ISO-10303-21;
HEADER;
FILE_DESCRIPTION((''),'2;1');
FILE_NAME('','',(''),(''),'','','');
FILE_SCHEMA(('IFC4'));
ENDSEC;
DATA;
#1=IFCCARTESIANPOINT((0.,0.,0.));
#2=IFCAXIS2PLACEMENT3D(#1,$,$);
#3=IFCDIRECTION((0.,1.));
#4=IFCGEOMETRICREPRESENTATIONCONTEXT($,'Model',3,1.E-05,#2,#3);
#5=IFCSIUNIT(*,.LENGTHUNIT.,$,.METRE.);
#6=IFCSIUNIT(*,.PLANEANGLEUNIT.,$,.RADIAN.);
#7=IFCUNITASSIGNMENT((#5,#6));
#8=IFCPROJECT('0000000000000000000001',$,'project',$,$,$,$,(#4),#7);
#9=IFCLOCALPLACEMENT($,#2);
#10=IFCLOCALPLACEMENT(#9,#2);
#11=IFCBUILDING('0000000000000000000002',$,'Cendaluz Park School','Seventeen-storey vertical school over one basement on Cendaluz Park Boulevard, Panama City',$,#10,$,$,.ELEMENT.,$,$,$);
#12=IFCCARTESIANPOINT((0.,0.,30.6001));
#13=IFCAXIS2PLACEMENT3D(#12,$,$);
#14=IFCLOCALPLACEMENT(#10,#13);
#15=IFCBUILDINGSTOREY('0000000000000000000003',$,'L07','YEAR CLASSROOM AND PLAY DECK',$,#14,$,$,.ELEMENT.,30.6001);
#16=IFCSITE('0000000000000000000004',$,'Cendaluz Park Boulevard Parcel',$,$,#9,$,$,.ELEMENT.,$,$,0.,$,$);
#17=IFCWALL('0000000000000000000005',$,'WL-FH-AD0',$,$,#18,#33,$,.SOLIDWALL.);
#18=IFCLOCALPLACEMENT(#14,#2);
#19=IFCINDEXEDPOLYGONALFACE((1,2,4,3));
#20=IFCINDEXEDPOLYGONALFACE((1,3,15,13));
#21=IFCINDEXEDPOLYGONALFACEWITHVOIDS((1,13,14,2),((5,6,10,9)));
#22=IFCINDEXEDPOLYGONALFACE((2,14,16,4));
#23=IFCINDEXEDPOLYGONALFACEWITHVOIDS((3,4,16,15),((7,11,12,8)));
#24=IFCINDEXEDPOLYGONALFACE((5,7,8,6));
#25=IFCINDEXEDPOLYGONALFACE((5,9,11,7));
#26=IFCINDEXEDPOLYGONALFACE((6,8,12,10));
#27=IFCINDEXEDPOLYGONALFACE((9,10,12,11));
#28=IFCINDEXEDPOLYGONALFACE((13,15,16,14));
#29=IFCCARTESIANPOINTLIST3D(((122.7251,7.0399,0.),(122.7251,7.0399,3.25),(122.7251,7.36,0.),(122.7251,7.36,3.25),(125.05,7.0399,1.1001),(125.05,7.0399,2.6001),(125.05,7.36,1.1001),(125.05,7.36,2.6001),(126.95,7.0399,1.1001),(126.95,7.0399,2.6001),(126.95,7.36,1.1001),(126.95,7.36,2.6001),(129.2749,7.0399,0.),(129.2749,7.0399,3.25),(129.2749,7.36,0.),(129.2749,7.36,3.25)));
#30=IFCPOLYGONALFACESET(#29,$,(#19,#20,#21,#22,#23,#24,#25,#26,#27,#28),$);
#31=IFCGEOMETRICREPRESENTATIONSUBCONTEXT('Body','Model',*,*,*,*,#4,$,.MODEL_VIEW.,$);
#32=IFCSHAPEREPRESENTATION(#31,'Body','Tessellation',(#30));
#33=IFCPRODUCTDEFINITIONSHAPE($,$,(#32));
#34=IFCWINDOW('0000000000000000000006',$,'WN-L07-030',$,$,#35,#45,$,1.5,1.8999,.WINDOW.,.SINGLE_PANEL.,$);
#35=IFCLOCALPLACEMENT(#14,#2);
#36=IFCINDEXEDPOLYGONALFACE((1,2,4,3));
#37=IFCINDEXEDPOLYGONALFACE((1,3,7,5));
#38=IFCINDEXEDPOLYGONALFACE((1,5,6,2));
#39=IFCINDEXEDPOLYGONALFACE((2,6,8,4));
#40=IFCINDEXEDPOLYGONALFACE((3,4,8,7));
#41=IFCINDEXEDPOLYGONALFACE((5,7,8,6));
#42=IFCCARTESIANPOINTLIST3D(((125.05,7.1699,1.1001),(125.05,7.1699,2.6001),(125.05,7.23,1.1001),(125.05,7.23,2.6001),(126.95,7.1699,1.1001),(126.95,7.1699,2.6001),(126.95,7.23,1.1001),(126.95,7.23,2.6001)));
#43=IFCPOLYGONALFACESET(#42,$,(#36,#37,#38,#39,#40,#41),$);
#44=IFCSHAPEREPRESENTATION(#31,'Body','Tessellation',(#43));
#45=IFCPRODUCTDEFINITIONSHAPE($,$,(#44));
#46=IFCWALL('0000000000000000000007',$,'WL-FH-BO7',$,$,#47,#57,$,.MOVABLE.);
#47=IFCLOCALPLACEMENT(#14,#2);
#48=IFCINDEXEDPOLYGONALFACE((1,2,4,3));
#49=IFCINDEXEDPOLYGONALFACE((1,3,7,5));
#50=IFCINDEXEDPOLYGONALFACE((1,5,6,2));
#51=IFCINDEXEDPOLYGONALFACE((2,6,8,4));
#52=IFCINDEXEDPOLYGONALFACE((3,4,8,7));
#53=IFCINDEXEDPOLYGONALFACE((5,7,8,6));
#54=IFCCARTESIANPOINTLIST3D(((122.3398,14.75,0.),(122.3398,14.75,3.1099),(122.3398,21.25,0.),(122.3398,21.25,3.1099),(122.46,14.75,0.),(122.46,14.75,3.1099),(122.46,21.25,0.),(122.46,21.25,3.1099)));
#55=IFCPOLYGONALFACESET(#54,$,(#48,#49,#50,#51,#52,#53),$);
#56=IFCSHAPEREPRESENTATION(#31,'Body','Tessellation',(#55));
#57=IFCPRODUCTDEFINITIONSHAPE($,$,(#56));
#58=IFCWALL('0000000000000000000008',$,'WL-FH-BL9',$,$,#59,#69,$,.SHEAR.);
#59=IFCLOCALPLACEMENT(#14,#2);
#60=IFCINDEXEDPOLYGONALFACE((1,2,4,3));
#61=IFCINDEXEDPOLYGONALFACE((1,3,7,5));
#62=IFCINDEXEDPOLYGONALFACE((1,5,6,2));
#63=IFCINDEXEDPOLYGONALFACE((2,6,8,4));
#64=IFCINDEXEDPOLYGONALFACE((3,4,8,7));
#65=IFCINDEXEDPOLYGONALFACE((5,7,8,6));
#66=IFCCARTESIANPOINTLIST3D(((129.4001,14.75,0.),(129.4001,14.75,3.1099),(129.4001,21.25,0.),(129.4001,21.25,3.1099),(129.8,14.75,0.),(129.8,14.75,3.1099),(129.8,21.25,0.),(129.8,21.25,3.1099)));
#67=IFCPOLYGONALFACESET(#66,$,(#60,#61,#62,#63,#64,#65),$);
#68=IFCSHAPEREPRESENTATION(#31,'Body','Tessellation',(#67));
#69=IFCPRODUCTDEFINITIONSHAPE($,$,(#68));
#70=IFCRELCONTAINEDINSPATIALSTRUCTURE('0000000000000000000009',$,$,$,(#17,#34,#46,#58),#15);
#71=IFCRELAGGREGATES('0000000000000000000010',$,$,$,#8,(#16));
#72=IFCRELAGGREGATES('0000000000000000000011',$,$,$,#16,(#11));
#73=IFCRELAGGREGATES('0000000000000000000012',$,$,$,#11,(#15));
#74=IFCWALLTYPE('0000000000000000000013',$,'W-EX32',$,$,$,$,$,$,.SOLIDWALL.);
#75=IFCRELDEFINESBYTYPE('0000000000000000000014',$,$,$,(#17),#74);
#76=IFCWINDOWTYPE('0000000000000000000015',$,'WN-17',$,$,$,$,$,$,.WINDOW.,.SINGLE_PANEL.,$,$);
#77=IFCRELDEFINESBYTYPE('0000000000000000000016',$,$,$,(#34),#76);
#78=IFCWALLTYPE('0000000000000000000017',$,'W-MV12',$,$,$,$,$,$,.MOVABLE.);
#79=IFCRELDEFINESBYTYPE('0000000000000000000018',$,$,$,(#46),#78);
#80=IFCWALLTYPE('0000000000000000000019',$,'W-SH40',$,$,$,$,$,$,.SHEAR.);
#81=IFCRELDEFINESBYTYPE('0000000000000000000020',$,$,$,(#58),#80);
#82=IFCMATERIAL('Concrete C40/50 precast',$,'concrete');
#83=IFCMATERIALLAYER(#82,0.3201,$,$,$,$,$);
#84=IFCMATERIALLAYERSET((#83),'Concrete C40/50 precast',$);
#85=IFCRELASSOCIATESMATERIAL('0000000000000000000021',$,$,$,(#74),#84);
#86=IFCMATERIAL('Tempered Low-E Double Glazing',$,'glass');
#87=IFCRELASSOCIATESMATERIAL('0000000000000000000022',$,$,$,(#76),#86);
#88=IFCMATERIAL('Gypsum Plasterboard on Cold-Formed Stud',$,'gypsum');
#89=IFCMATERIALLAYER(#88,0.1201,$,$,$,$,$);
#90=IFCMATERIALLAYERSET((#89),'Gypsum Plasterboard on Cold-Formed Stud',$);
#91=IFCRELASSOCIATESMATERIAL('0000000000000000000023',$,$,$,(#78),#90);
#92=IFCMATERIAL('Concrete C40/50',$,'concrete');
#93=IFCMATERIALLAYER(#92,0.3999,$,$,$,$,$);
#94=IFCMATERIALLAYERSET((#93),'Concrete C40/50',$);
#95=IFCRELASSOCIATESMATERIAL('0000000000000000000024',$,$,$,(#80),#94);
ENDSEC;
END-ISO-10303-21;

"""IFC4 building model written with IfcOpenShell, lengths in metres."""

from ifc_helpers import new_model, si_unit, direction, frame, frame_2d, origin, place, context, subcontext, project, spatial, rectangle, extrude, material, layer, layer_set, type_object, element, fill, save


model = new_model("IFC4")

# Units and contexts
model_context = context("Model", 3, precision=1e-05, world=origin(), true_north=direction((0.0, 1.0)))
body_context = subcontext(model_context, "Body", "Model", "MODEL_VIEW")
ifc_project = project(units=[si_unit("LENGTHUNIT", "METRE"), si_unit("PLANEANGLEUNIT", "RADIAN")], contexts=[model_context])

# Site, building, storey
site_placement = place(None, origin())
site = spatial("IfcSite", under=ifc_project, at=site_placement, Name="Cendaluz Park Boulevard Parcel", CompositionType="ELEMENT", RefElevation=0.0)
building_placement = place(site_placement, origin())
building = spatial("IfcBuilding", under=site, at=building_placement, Name="Cendaluz Park School", Description="Seventeen-storey vertical school over one basement on Cendaluz Park Boulevard, Panama City", CompositionType="ELEMENT")
storey_placement = place(building_placement, frame((0.0, 0.0, 30.6001)))
storey = spatial("IfcBuildingStorey", under=building, at=storey_placement, Name="L07", Description="YEAR CLASSROOM AND PLAY DECK", CompositionType="ELEMENT", Elevation=30.6001)

# Shared definitions
ifc_material_1 = material(Name="Concrete C40/50", Category="concrete")

# Shared definitions
ifc_material_2 = material(Name="Gypsum Plasterboard on Cold-Formed Stud", Category="gypsum")

# Wall, opening, window
ifc_material_3 = material(Name="Concrete C40/50 precast", Category="concrete")
ifc_layer_1 = layer(ifc_material_3, 0.3201)
ifc_layer_set_1 = layer_set([ifc_layer_1], Name="Concrete C40/50 precast")
wall_type_1 = type_object("IfcWallType", Name="W-EX32", PredefinedType="SOLIDWALL", material=ifc_layer_set_1)
wall_1_placement = place(storey_placement, frame((122.7251, 7.2, 0.0), z_axis=(0.0, 0.0, 1.0), x_axis=(1.0, 0.0, 0.0)))
wall_1 = element("IfcWall", 1, at=wall_1_placement, inside=storey, type_object=wall_type_1, Name="WL-FH-AD0", PredefinedType="SOLIDWALL", context=body_context, shape_type="SweptSolid", body=[
    extrude(rectangle(XDim=6.5498, YDim=0.3201, at=frame_2d((3.2749, 0.0))), origin(), (0.0, 0.0, 1.0), 3.25),
])
opening_1_placement = place(wall_1_placement, frame((2.325, 0.0, 1.1001)))
opening_1 = element("IfcOpeningElement", 2, at=opening_1_placement, cuts=wall_1, PredefinedType="OPENING", context=body_context, shape_type="SweptSolid", body=[
    extrude(rectangle(XDim=1.8999, YDim=1.5, at=frame_2d((0.95, 0.75))), frame((0.0, 0.1721, 0.0), z_axis=(0.0, -1.0, 0.0), x_axis=(1.0, 0.0, 0.0)), (0.0, 0.0, 1.0), 0.344),
])
ifc_material_4 = material(Name="Tempered Low-E Double Glazing", Category="glass")
window_type = type_object("IfcWindowType", Name="WN-17", PartitioningType="SINGLE_PANEL", PredefinedType="WINDOW", material=ifc_material_4)
window_placement = place(opening_1_placement, origin())
window = element("IfcWindow", 3, at=window_placement, inside=storey, type_object=window_type, Name="WN-L07-030", OverallHeight=1.5, OverallWidth=1.8999, PartitioningType="SINGLE_PANEL", PredefinedType="WINDOW", context=body_context, shape_type="SweptSolid", body=[
    extrude(rectangle(XDim=1.8999, YDim=1.5, at=frame_2d((0.95, 0.75))), frame((0.0, 0.03, 0.0), z_axis=(0.0, -1.0, 0.0), x_axis=(1.0, 0.0, 0.0)), (0.0, 0.0, 1.0), 0.0601),
])
fill(opening_1, window)

# Walls
ifc_layer_2 = layer(ifc_material_2, 0.1201)
ifc_layer_set_2 = layer_set([ifc_layer_2], Name="Gypsum Plasterboard on Cold-Formed Stud")
wall_type_2 = type_object("IfcWallType", Name="W-MV12", PredefinedType="MOVABLE", material=ifc_layer_set_2)
wall_2_placement = place(storey_placement, frame((122.3999, 14.75, 0.0), z_axis=(0.0, 0.0, 1.0), x_axis=(0.0, 1.0, 0.0)))
element("IfcWall", 4, at=wall_2_placement, inside=storey, type_object=wall_type_2, Name="WL-FH-BO7", PredefinedType="MOVABLE", context=body_context, shape_type="SweptSolid", body=[
    extrude(rectangle(XDim=6.5, YDim=0.1201, at=frame_2d((3.25, 0.0))), origin(), (0.0, 0.0, 1.0), 3.1099),
])
ifc_layer_3 = layer(ifc_material_1, 0.3999)
ifc_layer_set_3 = layer_set([ifc_layer_3], Name="Concrete C40/50")
wall_type_3 = type_object("IfcWallType", Name="W-SH40", PredefinedType="SHEAR", material=ifc_layer_set_3)
wall_3_placement = place(storey_placement, frame((129.6001, 14.75, 0.0), z_axis=(0.0, 0.0, 1.0), x_axis=(0.0, 1.0, 0.0)))
element("IfcWall", 5, at=wall_3_placement, inside=storey, type_object=wall_type_3, Name="WL-FH-BL9", PredefinedType="SHEAR", context=body_context, shape_type="SweptSolid", body=[
    extrude(rectangle(XDim=6.5, YDim=0.3999, at=frame_2d((3.25, 0.0))), origin(), (0.0, 0.0, 1.0), 3.1099),
])

save(model, "model.ifc")
